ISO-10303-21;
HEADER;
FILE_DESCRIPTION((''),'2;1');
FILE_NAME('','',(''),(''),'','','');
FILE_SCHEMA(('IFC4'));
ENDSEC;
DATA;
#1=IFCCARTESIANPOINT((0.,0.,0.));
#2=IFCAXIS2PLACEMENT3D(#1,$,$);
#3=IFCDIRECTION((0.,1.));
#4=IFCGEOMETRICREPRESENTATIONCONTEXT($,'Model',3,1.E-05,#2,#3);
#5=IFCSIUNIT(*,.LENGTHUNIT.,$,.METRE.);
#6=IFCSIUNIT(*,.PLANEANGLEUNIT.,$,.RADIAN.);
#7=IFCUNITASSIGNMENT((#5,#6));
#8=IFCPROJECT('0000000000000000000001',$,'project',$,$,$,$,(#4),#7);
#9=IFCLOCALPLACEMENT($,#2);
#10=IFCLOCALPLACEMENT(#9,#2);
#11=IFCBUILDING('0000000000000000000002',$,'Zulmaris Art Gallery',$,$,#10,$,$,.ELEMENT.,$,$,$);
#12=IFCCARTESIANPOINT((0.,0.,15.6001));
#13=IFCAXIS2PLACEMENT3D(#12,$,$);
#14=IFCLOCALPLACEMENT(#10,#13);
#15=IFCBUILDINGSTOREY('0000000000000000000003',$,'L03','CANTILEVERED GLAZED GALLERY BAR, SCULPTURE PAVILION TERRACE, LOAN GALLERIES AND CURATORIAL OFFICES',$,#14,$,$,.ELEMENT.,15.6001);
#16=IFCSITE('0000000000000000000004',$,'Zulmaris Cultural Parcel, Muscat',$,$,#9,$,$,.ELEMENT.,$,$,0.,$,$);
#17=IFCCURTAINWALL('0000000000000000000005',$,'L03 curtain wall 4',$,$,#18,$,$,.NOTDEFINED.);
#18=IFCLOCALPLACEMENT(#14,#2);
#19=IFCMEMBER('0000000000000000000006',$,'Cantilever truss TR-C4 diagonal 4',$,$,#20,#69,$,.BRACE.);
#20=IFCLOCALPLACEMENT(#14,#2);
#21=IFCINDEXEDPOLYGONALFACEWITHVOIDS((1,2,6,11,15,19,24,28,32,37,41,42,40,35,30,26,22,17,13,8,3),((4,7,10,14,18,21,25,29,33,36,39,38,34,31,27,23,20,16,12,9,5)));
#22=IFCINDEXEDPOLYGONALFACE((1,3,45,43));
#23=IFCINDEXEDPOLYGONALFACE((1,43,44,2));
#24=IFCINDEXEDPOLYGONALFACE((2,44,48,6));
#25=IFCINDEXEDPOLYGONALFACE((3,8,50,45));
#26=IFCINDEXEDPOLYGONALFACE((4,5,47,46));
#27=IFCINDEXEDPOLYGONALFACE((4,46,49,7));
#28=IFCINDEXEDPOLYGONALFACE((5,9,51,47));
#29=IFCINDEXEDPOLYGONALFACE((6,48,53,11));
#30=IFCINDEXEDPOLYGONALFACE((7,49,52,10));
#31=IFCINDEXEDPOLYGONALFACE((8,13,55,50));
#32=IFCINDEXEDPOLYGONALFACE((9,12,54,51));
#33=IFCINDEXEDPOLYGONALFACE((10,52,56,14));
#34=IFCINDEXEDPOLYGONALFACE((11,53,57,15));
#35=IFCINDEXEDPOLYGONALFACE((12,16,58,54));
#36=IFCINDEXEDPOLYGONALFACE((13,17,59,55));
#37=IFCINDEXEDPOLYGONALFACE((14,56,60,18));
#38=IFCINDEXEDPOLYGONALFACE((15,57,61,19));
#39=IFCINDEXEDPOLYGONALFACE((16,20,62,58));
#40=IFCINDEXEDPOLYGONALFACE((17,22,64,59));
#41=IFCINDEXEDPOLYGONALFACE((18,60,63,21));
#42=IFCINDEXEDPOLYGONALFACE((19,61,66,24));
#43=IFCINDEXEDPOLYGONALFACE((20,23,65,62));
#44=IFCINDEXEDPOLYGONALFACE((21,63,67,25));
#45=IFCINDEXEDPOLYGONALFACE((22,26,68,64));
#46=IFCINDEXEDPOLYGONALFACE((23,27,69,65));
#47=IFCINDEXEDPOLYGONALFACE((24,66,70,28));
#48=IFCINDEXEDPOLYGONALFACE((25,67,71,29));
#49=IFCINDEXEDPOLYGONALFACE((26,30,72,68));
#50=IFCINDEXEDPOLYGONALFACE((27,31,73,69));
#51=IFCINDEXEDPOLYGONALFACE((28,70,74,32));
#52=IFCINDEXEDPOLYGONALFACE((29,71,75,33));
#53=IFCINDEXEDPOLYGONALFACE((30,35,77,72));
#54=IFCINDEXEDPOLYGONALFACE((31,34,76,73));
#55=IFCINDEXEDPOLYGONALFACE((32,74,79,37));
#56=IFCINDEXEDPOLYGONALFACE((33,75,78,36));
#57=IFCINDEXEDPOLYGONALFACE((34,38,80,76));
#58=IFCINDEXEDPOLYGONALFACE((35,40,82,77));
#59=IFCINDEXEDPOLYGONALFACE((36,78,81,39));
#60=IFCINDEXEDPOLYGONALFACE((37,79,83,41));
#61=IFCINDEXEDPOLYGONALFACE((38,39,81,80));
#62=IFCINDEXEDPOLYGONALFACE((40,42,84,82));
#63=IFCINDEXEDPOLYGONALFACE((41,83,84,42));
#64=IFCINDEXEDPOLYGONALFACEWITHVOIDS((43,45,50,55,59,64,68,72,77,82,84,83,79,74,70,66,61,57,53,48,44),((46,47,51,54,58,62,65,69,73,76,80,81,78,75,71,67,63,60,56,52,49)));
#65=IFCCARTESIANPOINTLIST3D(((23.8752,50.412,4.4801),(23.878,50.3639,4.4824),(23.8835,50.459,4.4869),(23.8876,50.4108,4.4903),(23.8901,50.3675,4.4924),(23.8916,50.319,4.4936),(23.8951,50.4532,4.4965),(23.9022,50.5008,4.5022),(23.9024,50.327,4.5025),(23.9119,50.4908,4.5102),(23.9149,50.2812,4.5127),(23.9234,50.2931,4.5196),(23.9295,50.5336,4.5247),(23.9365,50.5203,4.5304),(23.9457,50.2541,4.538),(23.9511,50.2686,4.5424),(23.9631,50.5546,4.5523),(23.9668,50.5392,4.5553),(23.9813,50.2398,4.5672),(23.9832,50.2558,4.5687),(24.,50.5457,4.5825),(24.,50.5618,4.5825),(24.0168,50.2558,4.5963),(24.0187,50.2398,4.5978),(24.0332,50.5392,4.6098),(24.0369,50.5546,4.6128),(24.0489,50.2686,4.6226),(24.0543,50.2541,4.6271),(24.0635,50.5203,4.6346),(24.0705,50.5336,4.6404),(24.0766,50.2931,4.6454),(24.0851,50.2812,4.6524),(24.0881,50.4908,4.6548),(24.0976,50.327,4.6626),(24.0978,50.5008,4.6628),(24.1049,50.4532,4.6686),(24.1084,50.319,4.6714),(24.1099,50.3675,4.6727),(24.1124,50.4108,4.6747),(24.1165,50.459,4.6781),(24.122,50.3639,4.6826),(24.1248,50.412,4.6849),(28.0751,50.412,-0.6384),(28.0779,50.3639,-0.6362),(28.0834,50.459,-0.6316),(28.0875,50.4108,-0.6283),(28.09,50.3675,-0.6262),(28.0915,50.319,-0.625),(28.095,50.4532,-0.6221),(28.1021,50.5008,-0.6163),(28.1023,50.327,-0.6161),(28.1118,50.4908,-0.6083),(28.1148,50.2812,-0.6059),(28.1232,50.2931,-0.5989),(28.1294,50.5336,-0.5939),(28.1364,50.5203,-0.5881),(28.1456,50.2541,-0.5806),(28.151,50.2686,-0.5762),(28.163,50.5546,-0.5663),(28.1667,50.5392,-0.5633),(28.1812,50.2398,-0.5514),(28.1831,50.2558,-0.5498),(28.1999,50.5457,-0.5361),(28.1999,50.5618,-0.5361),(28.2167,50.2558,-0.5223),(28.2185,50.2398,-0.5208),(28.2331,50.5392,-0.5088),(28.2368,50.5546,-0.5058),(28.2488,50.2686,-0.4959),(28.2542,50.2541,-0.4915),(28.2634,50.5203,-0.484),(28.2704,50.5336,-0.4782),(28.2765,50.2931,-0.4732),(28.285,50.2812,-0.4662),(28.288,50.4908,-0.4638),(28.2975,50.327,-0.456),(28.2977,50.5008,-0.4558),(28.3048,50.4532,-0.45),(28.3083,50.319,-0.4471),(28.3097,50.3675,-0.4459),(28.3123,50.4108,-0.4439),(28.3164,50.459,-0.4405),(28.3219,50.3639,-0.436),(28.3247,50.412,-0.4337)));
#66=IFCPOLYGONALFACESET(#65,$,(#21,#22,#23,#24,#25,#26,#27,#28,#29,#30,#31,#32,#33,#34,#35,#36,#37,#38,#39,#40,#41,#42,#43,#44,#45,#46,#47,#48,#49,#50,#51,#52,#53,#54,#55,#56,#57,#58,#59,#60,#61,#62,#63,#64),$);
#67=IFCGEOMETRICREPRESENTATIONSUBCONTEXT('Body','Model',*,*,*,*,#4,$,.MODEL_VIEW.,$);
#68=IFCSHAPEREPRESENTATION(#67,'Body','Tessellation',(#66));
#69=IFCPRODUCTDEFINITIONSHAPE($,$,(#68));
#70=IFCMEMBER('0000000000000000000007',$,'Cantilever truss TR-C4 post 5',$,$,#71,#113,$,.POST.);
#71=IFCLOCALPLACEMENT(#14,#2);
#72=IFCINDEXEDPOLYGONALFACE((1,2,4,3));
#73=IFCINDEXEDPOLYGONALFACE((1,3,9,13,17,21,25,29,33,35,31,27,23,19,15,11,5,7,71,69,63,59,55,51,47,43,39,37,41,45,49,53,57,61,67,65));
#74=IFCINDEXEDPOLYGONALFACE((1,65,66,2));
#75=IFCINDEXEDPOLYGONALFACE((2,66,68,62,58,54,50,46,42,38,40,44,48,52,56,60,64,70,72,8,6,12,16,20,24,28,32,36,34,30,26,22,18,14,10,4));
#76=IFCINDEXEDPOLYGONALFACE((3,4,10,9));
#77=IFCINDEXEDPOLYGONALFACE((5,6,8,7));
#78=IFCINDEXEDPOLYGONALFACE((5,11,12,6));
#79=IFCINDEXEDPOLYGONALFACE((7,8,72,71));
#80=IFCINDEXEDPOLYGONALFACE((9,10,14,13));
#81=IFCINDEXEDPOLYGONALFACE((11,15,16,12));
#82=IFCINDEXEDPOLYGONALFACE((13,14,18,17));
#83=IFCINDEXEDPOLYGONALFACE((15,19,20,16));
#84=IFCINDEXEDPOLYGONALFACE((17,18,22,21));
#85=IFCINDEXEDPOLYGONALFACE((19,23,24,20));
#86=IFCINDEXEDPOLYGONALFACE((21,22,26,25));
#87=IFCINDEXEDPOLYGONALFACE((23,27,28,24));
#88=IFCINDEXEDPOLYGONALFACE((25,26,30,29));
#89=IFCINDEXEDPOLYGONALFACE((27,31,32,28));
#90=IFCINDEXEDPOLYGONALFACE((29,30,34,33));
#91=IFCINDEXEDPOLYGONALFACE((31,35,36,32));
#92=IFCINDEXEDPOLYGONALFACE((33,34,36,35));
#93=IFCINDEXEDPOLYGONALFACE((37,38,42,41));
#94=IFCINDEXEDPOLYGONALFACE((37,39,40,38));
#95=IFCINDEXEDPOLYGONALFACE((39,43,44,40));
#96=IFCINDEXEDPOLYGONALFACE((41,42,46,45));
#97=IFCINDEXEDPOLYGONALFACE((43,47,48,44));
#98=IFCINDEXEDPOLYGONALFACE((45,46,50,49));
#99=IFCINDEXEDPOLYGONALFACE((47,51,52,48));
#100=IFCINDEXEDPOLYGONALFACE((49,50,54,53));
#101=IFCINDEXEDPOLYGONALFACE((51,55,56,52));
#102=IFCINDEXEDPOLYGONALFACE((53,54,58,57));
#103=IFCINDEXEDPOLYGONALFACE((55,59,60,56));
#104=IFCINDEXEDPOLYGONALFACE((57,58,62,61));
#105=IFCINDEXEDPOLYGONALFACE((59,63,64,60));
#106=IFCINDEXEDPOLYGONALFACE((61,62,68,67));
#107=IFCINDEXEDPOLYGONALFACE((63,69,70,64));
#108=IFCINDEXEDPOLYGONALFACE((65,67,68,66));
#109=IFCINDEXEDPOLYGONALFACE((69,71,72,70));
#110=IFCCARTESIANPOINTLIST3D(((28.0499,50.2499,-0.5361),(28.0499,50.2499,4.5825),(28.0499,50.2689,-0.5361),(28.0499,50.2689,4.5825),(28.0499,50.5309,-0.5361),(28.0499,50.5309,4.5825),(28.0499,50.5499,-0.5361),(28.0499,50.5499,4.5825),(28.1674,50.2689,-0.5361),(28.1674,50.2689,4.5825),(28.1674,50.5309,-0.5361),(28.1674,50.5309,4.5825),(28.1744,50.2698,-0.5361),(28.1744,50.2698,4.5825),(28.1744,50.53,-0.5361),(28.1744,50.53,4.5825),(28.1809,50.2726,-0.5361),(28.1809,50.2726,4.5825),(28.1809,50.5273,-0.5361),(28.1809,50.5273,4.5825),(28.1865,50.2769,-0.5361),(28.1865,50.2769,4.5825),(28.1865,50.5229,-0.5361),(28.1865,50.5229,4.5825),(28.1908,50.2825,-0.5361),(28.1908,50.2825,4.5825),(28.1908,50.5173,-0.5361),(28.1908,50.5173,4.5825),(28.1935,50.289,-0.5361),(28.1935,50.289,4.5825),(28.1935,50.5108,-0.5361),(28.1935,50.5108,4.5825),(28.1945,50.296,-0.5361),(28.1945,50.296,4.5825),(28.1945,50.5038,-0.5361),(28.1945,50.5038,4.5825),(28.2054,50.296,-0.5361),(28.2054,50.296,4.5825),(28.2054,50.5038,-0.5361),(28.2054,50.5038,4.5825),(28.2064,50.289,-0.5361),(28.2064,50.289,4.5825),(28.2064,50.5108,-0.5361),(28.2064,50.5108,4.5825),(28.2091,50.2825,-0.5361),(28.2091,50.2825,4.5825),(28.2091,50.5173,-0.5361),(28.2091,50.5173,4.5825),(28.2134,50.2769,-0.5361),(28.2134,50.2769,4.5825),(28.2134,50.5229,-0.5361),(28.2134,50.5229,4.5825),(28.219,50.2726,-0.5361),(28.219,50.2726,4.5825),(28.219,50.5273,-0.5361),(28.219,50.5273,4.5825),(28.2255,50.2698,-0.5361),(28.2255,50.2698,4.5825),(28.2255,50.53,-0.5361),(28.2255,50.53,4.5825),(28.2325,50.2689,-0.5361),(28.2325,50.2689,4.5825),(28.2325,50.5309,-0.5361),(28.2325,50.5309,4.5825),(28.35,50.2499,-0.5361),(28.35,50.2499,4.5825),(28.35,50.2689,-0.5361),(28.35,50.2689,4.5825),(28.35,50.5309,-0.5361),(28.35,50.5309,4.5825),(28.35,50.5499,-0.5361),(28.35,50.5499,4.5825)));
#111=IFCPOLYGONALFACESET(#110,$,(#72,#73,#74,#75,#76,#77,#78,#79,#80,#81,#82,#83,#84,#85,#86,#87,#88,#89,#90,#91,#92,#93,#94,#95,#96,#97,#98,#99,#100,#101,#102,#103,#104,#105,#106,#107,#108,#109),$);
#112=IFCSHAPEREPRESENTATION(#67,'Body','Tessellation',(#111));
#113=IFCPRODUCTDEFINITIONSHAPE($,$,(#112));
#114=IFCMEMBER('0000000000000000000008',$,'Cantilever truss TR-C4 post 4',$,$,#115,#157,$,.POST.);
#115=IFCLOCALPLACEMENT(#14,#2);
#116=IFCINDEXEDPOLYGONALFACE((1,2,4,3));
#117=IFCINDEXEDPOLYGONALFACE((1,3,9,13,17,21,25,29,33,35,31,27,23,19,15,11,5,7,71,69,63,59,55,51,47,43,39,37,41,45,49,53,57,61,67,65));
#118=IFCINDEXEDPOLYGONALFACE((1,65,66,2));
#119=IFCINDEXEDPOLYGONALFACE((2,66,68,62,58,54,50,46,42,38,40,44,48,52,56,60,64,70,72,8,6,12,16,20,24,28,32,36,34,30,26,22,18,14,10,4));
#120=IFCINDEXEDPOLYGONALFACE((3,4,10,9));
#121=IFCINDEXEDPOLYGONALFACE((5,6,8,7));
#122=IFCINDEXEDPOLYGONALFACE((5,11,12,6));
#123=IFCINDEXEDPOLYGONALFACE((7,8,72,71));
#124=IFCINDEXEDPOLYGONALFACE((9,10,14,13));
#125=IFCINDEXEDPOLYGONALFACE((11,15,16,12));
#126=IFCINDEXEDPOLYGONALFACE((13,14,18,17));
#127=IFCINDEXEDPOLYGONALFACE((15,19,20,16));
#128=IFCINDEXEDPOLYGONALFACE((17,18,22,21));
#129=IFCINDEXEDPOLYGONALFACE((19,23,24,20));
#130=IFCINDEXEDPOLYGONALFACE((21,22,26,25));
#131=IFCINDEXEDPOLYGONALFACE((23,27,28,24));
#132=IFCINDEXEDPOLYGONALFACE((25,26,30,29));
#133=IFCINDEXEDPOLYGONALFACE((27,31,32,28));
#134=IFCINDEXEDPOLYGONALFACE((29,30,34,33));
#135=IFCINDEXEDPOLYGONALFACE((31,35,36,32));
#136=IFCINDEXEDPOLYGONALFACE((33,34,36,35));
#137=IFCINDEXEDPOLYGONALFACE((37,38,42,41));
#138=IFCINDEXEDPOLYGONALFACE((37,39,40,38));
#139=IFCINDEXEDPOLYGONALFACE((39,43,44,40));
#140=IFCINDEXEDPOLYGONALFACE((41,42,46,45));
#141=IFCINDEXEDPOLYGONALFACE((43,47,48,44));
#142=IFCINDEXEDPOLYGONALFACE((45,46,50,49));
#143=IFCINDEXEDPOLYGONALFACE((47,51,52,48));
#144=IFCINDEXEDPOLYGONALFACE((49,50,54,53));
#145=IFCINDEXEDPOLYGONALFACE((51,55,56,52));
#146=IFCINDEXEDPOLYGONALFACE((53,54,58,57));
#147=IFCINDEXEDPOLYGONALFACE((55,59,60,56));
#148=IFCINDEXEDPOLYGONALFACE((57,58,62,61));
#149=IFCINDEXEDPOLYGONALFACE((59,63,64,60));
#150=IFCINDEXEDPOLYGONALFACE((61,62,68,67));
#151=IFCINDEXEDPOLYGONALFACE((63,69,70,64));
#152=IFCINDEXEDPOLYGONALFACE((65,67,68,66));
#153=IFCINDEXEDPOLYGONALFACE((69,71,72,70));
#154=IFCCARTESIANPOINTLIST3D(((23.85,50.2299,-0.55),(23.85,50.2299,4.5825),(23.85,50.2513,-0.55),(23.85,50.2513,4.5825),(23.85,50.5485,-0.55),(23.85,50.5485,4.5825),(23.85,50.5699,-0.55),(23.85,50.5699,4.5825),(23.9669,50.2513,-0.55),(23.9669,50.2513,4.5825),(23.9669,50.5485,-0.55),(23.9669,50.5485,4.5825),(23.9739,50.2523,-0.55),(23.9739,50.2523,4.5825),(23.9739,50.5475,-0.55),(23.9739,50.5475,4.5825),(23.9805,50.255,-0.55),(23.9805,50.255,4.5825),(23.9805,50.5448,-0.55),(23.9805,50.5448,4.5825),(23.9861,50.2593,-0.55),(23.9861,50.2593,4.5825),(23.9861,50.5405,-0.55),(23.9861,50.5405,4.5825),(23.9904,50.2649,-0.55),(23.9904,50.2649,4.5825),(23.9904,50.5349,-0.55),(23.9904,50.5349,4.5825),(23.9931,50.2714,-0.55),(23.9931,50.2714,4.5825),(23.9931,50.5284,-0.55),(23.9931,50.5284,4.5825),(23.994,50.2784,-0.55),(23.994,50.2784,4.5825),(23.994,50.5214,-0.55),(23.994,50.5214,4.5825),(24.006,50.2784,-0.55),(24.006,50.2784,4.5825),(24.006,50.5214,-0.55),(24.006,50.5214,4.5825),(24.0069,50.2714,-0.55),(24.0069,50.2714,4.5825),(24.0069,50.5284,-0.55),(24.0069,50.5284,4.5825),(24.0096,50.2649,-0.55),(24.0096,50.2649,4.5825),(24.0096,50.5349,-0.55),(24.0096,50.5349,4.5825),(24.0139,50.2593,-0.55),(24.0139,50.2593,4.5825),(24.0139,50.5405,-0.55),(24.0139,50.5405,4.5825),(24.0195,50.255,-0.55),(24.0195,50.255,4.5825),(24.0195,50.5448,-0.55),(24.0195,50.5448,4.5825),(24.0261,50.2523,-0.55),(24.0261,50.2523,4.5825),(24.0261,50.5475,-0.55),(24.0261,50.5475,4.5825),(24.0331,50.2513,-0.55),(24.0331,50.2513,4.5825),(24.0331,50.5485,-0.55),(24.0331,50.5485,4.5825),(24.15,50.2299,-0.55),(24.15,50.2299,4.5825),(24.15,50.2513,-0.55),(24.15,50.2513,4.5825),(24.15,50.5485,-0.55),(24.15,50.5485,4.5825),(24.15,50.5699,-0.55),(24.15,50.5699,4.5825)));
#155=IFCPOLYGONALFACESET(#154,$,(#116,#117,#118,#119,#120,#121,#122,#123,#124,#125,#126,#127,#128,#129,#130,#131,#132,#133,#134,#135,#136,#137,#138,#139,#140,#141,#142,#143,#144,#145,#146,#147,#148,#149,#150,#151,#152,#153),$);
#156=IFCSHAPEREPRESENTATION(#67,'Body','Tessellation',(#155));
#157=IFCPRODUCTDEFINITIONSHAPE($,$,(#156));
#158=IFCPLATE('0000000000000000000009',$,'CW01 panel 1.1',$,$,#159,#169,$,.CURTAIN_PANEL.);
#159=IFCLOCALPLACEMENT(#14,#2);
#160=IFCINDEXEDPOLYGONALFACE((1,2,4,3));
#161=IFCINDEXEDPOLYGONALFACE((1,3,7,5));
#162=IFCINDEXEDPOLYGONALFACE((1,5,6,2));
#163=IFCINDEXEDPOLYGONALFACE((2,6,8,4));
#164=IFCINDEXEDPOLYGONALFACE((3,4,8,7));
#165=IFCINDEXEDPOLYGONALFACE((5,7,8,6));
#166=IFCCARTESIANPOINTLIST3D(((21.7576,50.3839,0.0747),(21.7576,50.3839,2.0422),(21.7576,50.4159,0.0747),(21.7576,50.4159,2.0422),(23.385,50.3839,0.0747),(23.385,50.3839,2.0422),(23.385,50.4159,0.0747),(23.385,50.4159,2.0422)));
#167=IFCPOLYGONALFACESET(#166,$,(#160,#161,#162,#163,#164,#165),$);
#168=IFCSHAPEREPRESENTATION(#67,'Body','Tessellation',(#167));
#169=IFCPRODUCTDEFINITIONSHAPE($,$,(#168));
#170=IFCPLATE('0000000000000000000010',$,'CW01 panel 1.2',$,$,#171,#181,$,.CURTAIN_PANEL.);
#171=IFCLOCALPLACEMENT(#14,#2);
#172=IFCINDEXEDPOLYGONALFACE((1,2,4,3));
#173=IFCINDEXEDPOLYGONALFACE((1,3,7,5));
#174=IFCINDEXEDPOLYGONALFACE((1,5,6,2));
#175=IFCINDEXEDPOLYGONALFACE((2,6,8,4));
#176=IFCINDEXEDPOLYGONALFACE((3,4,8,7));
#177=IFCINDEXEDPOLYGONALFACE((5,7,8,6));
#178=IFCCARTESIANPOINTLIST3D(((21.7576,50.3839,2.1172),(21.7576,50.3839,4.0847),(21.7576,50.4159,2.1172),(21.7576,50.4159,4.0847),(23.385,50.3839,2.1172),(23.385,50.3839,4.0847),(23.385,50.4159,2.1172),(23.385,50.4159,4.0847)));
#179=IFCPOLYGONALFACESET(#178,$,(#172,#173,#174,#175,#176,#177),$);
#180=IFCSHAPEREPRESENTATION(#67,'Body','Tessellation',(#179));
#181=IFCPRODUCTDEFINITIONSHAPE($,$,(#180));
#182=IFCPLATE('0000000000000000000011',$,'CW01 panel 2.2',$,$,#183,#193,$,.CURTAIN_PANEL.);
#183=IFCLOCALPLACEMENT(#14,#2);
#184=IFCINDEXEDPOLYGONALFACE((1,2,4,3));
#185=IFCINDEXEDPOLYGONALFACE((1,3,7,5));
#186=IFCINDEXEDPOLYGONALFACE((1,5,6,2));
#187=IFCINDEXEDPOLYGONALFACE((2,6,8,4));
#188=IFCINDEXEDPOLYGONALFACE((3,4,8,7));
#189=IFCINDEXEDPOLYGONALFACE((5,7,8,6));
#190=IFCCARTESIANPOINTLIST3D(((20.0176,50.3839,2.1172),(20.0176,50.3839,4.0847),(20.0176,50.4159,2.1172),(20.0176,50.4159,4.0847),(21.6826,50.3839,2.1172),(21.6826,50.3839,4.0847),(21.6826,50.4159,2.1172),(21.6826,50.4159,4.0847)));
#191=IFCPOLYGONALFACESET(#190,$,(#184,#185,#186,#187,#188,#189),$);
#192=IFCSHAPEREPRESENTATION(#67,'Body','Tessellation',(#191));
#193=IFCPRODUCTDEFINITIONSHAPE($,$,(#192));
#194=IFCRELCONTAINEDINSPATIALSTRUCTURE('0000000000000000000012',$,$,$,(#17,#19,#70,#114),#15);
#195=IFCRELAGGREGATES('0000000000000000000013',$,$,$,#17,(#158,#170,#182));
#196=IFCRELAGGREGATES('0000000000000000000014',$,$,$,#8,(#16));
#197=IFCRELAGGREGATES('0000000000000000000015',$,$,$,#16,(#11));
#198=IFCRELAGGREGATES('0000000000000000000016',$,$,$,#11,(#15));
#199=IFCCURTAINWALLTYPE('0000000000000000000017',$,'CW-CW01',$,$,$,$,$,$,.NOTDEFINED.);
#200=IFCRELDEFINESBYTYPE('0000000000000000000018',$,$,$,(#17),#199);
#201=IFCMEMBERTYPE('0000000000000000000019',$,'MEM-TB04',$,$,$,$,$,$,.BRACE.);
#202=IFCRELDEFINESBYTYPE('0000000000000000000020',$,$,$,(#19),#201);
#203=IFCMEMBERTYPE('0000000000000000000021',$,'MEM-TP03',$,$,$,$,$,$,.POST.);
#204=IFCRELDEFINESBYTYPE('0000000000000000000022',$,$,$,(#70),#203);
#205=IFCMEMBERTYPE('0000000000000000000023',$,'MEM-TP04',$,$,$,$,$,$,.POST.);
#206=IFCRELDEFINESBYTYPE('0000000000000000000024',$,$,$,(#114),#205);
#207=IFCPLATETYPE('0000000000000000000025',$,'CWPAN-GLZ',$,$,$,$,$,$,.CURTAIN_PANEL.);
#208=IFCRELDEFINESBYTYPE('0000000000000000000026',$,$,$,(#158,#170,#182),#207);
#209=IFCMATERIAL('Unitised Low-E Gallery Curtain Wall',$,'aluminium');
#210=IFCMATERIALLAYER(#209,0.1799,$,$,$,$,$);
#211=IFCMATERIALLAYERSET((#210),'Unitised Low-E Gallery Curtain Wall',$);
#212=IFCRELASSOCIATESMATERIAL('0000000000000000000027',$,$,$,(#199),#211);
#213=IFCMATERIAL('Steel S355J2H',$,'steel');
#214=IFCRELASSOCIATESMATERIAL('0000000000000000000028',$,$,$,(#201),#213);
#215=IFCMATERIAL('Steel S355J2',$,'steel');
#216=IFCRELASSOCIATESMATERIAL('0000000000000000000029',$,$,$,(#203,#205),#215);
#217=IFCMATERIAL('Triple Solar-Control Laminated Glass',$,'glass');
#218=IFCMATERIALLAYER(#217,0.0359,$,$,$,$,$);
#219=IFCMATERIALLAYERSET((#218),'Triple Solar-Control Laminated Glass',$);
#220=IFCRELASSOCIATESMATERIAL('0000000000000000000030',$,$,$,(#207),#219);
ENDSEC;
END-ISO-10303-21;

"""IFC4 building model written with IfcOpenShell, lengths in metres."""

from ifc_helpers import new_model, si_unit, direction, frame, origin, origin_2d, place, context, subcontext, project, spatial, rectangle, hollow_circle, i_section, extrude, material, layer, layer_set, material_profile, profile_set, type_object, element, aggregate, save


model = new_model("IFC4")

# Units and contexts
model_context = context("Model", 3, precision=1e-05, world=origin(), true_north=direction((0.0, 1.0)))
body_context = subcontext(model_context, "Body", "Model", "MODEL_VIEW")
ifc_project = project(units=[si_unit("LENGTHUNIT", "METRE"), si_unit("PLANEANGLEUNIT", "RADIAN")], contexts=[model_context])

# Site, building, storey
site_placement = place(None, origin())
site = spatial("IfcSite", under=ifc_project, at=site_placement, Name="Zulmaris Cultural Parcel, Muscat", CompositionType="ELEMENT", RefElevation=0.0)
building_placement = place(site_placement, origin())
building = spatial("IfcBuilding", under=site, at=building_placement, Name="Zulmaris Art Gallery", CompositionType="ELEMENT")
storey_placement = place(building_placement, frame((0.0, 0.0, 15.6001)))
storey = spatial("IfcBuildingStorey", under=building, at=storey_placement, Name="L03", Description="CANTILEVERED GLAZED GALLERY BAR, SCULPTURE PAVILION TERRACE, LOAN GALLERIES AND CURATORIAL OFFICES", CompositionType="ELEMENT", Elevation=15.6001)

# Curtain wall
ifc_material_1 = material(Name="Unitised Low-E Gallery Curtain Wall", Category="aluminium")
ifc_layer_1 = layer(ifc_material_1, 0.1799)
ifc_layer_set_1 = layer_set([ifc_layer_1], Name="Unitised Low-E Gallery Curtain Wall")
curtain_wall_type = type_object("IfcCurtainWallType", Name="CW-CW01", PredefinedType="NOTDEFINED", material=ifc_layer_set_1)
curtain_wall_1_placement = place(storey_placement, origin())
curtain_wall_1 = element("IfcCurtainWall", 1, at=curtain_wall_1_placement, inside=storey, type_object=curtain_wall_type, Name="L03 curtain wall 4", PredefinedType="NOTDEFINED")

# Members
ifc_material_2 = material(Name="Steel S355J2H", Category="steel")
ifc_material_profile_1 = material_profile(ifc_material_2, hollow_circle(Radius=0.1619, WallThickness=0.0161, at=origin_2d()), Name="CHS 323.9x16")
ifc_profile_set_1 = profile_set([ifc_material_profile_1], Name="Steel S355J2H")
member_type_1 = type_object("IfcMemberType", Name="MEM-TB04", PredefinedType="BRACE", material=ifc_profile_set_1)
member_1_placement = place(storey_placement, frame((24.0, 50.3999, 4.5825), z_axis=(0.634319, 0.0, -0.773071), x_axis=(0.0, 1.0, 0.0)))
element("IfcMember", 2, at=member_1_placement, inside=storey, type_object=member_type_1, Name="Cantilever truss TR-C4 diagonal 4", PredefinedType="BRACE", context=body_context, shape_type="SweptSolid", body=[
    extrude(hollow_circle(Radius=0.1619, WallThickness=0.0161, at=origin_2d()), origin(), (0.0, 0.0, 1.0), 6.6211),
])
ifc_material_3 = material(Name="Steel S355J2", Category="steel")
ifc_material_profile_2 = material_profile(ifc_material_3, i_section(OverallWidth=0.3, OverallDepth=0.3, WebThickness=0.011, FlangeThickness=0.019, FilletRadius=0.0271, at=origin_2d()), Name="HEB 300")
ifc_profile_set_2 = profile_set([ifc_material_profile_2], Name="Steel S355J2")
member_type_2 = type_object("IfcMemberType", Name="MEM-TP03", PredefinedType="POST", material=ifc_profile_set_2)
member_2_placement = place(storey_placement, frame((28.2, 50.3999, -0.5361), z_axis=(0.0, 0.0, 1.0), x_axis=(1.0, 0.0, 0.0)))
element("IfcMember", 3, at=member_2_placement, inside=storey, type_object=member_type_2, Name="Cantilever truss TR-C4 post 5", PredefinedType="POST", context=body_context, shape_type="SweptSolid", body=[
    extrude(i_section(OverallWidth=0.3, OverallDepth=0.3, WebThickness=0.011, FlangeThickness=0.019, FilletRadius=0.0271, at=origin_2d()), origin(), (0.0, 0.0, 1.0), 5.1187),
])
ifc_material_profile_3 = material_profile(ifc_material_3, i_section(OverallWidth=0.3, OverallDepth=0.3401, WebThickness=0.012, FlangeThickness=0.0215, FilletRadius=0.0271, at=origin_2d()), Name="HEB 340")
ifc_profile_set_3 = profile_set([ifc_material_profile_3], Name="Steel S355J2")
member_type_3 = type_object("IfcMemberType", Name="MEM-TP04", PredefinedType="POST", material=ifc_profile_set_3)
member_3_placement = place(storey_placement, frame((24.0, 50.3999, -0.55), z_axis=(0.0, 0.0, 1.0), x_axis=(1.0, 0.0, 0.0)))
element("IfcMember", 4, at=member_3_placement, inside=storey, type_object=member_type_3, Name="Cantilever truss TR-C4 post 4", PredefinedType="POST", context=body_context, shape_type="SweptSolid", body=[
    extrude(i_section(OverallWidth=0.3, OverallDepth=0.3401, WebThickness=0.012, FlangeThickness=0.0215, FilletRadius=0.0271, at=origin_2d()), origin(), (0.0, 0.0, 1.0), 5.1326),
])

# Plates
ifc_material_4 = material(Name="Triple Solar-Control Laminated Glass", Category="glass")
ifc_layer_2 = layer(ifc_material_4, 0.0359)
ifc_layer_set_2 = layer_set([ifc_layer_2], Name="Triple Solar-Control Laminated Glass")
plate_type_1 = type_object("IfcPlateType", Name="CWPAN-GLZ", PredefinedType="CURTAIN_PANEL", material=ifc_layer_set_2)
plate_1_placement = place(storey_placement, frame((22.5713, 50.3999, 0.0747), z_axis=(0.0, 0.0, 1.0), x_axis=(-1.0, 0.0, 0.0)))
plate_1 = element("IfcPlate", 5, at=plate_1_placement, type_object=plate_type_1, Name="CW01 panel 1.1", PredefinedType="CURTAIN_PANEL", context=body_context, shape_type="SweptSolid", body=[
    extrude(rectangle(XDim=1.6274, YDim=0.032, at=origin_2d()), origin(), (0.0, 0.0, 1.0), 1.9675),
])
plate_2_placement = place(storey_placement, frame((22.5713, 50.3999, 2.1172), z_axis=(0.0, 0.0, 1.0), x_axis=(-1.0, 0.0, 0.0)))
plate_2 = element("IfcPlate", 6, at=plate_2_placement, type_object=plate_type_1, Name="CW01 panel 1.2", PredefinedType="CURTAIN_PANEL", context=body_context, shape_type="SweptSolid", body=[
    extrude(rectangle(XDim=1.6274, YDim=0.032, at=origin_2d()), origin(), (0.0, 0.0, 1.0), 1.9675),
])
plate_3_placement = place(storey_placement, frame((20.8501, 50.3999, 2.1172), z_axis=(0.0, 0.0, 1.0), x_axis=(-1.0, 0.0, 0.0)))
plate_3 = element("IfcPlate", 7, at=plate_3_placement, type_object=plate_type_1, Name="CW01 panel 2.2", PredefinedType="CURTAIN_PANEL", context=body_context, shape_type="SweptSolid", body=[
    extrude(rectangle(XDim=1.665, YDim=0.032, at=origin_2d()), origin(), (0.0, 0.0, 1.0), 1.9675),
])
aggregate(curtain_wall_1, [plate_1, plate_2, plate_3])

save(model, "model.ifc")
